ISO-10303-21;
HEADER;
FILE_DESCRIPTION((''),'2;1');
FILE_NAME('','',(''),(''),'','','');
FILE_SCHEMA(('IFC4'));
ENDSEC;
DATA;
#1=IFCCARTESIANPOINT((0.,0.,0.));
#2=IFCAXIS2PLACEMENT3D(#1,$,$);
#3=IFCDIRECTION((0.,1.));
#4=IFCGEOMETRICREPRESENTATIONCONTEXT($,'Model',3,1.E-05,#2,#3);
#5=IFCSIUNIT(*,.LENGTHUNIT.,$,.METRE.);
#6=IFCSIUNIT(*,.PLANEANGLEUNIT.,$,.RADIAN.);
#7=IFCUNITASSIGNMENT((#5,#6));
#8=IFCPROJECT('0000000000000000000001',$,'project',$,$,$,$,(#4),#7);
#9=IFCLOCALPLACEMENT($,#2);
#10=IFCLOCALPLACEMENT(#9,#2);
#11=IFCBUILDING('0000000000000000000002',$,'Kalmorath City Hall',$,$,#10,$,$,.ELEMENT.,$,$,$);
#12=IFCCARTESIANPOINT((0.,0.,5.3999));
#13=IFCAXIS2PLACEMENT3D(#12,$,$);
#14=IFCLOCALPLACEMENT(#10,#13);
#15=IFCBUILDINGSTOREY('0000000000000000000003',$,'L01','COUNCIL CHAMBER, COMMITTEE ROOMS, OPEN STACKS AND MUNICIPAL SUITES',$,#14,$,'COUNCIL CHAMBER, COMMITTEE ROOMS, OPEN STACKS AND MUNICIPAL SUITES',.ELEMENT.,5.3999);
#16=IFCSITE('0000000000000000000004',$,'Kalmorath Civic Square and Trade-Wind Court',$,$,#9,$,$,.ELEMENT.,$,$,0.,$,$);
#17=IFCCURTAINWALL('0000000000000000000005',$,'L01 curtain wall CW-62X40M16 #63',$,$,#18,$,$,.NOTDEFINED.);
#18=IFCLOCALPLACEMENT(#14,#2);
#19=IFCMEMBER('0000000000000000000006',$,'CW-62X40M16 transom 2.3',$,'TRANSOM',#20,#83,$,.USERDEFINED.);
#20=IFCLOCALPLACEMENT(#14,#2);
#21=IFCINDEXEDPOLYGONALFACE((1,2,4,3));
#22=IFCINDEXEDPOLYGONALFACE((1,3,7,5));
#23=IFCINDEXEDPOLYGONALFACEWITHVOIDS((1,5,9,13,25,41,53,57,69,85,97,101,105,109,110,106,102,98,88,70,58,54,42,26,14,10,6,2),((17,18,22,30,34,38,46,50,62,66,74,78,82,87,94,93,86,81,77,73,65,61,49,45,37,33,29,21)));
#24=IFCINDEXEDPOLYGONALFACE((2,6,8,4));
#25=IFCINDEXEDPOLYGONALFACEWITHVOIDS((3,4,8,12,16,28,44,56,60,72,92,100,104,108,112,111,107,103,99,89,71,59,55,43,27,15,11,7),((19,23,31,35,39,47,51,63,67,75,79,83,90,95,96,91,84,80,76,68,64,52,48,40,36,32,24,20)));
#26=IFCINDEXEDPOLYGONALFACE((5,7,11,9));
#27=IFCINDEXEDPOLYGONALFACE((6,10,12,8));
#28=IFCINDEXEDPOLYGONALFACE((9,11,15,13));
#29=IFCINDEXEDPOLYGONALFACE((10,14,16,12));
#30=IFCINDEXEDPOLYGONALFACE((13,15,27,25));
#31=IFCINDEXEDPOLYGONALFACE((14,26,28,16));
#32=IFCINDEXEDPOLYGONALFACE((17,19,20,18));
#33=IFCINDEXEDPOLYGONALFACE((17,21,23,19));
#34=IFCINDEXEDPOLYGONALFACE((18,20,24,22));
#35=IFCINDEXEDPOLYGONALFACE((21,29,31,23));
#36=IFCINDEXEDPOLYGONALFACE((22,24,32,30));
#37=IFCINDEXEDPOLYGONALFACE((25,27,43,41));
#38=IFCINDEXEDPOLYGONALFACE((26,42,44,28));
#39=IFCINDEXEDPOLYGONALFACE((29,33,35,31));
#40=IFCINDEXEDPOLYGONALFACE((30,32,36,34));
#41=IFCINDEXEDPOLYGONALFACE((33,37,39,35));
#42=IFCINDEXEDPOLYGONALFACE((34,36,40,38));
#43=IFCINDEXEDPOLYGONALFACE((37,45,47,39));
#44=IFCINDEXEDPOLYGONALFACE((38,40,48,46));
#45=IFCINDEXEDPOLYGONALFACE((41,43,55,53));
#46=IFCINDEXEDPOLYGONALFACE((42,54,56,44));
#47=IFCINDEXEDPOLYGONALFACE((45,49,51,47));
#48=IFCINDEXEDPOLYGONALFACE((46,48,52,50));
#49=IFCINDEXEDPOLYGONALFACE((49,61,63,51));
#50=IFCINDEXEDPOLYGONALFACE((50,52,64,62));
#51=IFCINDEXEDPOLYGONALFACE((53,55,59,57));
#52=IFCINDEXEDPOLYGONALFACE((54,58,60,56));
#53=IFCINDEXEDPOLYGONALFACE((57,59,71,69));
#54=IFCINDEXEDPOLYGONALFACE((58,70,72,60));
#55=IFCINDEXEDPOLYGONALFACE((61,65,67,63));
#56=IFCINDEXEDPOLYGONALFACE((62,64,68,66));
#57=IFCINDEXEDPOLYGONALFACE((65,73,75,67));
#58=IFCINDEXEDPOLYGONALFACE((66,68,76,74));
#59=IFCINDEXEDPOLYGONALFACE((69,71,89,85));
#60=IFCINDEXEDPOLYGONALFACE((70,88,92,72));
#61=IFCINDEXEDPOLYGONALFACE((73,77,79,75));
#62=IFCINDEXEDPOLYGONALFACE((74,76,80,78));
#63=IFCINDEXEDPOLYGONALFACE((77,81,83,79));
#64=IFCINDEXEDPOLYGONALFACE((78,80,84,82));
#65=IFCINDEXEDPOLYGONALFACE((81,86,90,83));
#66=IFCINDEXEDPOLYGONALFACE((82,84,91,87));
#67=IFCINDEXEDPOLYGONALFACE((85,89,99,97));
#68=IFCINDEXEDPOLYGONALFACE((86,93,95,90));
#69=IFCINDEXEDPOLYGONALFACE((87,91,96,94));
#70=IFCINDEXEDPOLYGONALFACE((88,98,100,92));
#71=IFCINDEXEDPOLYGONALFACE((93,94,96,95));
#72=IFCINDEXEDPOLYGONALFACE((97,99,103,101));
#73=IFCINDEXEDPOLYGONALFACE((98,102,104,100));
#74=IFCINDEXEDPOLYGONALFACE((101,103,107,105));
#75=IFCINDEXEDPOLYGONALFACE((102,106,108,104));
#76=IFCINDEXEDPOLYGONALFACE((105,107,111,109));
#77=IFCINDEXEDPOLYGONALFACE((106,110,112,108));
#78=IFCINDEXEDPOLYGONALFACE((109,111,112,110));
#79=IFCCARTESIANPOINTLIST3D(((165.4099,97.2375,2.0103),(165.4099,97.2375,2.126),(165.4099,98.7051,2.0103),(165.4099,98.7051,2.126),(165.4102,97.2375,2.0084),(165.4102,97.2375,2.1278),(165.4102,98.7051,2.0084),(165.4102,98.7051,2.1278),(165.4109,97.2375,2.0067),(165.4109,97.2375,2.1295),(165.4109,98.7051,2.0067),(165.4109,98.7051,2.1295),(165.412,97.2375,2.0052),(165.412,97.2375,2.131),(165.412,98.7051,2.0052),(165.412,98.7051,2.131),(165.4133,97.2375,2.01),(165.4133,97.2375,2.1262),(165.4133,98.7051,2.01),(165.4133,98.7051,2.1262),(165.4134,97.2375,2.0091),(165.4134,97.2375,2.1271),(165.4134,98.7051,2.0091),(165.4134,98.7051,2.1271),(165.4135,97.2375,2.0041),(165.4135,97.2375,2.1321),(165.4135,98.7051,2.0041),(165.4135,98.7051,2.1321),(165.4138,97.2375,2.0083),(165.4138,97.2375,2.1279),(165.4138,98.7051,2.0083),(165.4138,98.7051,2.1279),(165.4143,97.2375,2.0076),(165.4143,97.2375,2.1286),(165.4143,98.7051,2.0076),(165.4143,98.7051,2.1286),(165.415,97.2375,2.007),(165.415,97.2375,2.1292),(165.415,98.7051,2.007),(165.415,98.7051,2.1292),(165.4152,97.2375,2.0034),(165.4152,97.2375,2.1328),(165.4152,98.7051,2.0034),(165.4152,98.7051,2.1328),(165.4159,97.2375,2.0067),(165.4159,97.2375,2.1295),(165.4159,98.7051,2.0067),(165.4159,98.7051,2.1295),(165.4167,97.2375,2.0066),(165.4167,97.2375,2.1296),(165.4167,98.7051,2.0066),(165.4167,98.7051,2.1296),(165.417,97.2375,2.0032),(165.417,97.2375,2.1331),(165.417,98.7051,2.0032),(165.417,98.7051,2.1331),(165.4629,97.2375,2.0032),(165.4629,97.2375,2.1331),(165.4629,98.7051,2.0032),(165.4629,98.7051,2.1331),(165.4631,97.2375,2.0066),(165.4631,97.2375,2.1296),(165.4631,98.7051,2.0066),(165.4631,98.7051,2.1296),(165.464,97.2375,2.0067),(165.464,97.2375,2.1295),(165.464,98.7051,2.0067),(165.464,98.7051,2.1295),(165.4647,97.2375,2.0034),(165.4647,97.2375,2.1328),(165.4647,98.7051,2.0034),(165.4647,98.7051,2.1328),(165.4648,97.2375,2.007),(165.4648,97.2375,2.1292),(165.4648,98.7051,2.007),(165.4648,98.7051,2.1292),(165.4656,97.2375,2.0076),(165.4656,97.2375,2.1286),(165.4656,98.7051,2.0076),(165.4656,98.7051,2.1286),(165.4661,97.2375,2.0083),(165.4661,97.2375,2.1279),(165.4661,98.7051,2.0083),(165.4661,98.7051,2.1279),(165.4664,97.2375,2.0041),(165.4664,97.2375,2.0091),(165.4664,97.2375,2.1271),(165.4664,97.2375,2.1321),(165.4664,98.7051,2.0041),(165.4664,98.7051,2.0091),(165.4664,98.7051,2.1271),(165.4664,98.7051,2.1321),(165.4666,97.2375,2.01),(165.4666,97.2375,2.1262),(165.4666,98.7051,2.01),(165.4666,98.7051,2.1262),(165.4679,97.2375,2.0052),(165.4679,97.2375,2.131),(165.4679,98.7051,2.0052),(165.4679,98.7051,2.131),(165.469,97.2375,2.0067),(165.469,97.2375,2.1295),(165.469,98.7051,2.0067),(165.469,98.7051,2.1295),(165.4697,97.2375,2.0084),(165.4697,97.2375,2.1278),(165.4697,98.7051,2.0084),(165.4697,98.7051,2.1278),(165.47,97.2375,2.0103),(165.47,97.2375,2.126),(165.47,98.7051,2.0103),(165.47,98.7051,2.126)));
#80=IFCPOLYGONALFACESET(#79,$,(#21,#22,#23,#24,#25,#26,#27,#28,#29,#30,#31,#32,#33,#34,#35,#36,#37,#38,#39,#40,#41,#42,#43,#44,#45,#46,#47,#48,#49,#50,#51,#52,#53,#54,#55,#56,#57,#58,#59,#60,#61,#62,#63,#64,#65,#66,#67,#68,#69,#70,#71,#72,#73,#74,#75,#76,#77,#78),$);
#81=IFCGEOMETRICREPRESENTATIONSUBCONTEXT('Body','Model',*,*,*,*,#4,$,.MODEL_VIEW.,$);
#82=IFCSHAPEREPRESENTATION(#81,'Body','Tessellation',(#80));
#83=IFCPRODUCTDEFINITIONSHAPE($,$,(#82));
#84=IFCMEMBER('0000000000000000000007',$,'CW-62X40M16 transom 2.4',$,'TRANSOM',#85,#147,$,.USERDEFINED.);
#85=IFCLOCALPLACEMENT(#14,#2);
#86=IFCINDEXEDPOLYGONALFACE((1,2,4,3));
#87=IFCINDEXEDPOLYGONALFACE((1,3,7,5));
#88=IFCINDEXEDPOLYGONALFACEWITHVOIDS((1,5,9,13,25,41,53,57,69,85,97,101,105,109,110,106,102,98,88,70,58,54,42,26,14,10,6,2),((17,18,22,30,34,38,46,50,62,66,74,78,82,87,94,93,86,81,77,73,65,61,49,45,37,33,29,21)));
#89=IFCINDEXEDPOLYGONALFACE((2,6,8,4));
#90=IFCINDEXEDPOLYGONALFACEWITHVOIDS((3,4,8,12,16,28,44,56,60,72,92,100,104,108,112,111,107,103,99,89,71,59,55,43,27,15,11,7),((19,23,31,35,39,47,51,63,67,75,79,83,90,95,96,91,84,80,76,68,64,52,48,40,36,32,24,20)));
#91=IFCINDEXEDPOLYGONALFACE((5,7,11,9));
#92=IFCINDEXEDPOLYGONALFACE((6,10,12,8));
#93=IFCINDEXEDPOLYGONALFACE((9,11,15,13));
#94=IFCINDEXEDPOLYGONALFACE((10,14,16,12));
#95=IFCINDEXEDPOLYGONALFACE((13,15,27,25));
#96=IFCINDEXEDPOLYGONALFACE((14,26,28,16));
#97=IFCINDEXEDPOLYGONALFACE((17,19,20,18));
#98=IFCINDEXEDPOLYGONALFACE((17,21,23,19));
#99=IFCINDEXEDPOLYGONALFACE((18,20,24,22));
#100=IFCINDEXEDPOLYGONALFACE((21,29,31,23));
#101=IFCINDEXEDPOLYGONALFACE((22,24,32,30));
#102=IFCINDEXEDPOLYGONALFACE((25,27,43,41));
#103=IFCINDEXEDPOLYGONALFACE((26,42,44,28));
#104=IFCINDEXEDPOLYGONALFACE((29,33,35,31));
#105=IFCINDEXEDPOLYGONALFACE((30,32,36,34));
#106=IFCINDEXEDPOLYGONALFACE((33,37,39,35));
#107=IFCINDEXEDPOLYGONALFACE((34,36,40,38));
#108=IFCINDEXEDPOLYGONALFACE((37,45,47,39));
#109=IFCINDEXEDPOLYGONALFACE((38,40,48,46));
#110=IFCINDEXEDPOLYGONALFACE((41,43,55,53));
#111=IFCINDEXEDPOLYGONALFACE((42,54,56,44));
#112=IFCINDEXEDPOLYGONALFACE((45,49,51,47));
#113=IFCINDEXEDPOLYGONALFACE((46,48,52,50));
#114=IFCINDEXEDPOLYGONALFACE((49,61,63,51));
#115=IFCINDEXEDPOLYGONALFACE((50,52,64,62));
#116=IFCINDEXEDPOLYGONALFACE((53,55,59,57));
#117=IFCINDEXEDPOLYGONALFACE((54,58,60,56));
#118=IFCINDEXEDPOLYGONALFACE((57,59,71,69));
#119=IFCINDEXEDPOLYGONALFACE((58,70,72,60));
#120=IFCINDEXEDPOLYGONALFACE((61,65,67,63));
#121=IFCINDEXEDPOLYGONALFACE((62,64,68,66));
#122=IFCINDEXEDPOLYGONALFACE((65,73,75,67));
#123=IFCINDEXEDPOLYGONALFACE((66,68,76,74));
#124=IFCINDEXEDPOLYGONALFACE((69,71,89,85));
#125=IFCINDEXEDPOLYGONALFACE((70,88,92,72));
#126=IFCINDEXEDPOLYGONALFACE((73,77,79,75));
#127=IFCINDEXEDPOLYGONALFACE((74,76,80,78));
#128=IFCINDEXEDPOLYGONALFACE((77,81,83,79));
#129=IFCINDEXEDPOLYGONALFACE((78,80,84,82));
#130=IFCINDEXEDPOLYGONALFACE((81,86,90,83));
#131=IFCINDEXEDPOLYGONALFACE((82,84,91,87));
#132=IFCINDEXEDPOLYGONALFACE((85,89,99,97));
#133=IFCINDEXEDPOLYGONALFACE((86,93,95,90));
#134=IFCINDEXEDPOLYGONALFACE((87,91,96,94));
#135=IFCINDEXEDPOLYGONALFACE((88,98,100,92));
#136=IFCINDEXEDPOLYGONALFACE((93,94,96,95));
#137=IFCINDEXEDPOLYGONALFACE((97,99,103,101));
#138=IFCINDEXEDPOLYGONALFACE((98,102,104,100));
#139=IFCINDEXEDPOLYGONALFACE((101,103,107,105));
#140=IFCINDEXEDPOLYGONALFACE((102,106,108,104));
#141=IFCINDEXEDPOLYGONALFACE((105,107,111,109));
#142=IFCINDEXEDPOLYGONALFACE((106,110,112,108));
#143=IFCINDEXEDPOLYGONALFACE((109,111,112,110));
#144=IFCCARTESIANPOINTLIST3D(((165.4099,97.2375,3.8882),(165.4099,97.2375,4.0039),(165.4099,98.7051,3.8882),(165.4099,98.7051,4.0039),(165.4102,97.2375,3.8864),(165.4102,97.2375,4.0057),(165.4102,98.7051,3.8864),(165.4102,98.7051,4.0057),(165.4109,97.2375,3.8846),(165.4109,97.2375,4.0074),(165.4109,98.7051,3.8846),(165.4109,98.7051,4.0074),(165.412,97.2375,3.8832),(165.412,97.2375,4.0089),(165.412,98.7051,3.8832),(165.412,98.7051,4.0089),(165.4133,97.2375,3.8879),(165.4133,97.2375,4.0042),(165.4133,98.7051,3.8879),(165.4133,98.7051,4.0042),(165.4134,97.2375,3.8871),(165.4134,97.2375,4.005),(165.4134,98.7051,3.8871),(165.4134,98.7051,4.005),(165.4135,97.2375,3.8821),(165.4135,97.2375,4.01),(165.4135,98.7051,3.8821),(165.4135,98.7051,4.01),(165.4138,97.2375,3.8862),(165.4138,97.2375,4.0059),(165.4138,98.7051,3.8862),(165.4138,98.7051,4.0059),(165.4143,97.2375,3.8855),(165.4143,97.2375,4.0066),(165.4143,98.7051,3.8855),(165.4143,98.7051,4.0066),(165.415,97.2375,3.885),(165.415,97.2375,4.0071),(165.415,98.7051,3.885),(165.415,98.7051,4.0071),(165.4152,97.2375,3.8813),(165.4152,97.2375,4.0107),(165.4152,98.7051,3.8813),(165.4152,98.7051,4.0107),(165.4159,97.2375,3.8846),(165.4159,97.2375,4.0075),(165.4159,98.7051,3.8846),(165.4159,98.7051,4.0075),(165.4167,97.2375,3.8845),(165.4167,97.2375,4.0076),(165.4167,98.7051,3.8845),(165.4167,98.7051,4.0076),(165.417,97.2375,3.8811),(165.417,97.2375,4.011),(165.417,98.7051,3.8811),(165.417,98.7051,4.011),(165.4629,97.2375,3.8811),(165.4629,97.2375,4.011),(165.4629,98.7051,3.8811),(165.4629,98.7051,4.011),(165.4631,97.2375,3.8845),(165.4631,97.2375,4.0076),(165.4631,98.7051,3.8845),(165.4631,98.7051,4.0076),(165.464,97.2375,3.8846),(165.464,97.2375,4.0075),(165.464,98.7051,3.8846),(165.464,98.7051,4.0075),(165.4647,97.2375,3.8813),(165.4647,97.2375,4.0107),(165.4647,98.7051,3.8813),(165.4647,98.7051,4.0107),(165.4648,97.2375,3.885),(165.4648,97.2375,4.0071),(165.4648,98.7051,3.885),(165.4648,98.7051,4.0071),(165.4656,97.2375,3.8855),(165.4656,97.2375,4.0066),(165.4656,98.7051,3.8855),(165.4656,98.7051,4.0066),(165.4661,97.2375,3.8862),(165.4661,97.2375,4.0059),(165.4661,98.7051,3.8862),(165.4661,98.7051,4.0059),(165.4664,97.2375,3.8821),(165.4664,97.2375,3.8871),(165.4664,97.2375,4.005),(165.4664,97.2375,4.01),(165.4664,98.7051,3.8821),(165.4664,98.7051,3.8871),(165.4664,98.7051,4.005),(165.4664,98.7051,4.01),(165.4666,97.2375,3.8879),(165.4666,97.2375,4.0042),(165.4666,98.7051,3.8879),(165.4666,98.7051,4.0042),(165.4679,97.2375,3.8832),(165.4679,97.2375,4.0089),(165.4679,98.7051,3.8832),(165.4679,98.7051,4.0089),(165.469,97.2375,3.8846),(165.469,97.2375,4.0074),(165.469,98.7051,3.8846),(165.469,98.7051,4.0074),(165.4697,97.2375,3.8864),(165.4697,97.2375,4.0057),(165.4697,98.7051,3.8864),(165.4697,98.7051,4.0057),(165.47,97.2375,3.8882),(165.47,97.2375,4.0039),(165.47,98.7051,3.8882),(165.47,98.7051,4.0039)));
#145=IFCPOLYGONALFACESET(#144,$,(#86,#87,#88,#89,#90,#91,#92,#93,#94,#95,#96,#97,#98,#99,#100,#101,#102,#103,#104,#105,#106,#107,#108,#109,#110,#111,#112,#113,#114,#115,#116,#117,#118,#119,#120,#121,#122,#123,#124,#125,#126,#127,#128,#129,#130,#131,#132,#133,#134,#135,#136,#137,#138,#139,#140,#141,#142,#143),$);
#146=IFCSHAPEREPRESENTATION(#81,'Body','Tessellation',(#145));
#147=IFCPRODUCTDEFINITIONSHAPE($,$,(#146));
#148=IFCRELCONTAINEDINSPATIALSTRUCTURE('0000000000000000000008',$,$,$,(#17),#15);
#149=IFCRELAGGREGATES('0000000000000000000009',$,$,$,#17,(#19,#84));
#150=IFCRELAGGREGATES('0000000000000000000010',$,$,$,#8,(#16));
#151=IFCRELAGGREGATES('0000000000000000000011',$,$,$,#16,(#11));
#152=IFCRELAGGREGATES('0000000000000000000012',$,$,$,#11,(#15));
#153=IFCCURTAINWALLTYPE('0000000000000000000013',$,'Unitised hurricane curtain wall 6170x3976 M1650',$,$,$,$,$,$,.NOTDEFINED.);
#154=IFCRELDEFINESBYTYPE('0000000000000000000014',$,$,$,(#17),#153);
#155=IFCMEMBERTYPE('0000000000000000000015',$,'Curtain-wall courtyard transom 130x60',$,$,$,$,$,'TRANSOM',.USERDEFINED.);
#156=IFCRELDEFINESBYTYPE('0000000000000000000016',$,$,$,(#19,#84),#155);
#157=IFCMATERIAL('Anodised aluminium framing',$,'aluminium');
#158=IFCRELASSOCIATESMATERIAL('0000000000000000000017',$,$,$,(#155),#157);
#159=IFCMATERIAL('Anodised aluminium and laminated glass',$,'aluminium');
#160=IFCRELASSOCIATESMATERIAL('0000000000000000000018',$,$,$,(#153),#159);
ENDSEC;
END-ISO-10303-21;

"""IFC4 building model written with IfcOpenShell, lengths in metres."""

from ifc_helpers import new_model, si_unit, direction, frame, origin, origin_2d, place, context, subcontext, project, spatial, hollow_rectangle, extrude, material, material_profile, profile_set, type_object, element, aggregate, save


model = new_model("IFC4")

# Units and contexts
model_context = context("Model", 3, precision=1e-05, world=origin(), true_north=direction((0.0, 1.0)))
body_context = subcontext(model_context, "Body", "Model", "MODEL_VIEW")
ifc_project = project(units=[si_unit("LENGTHUNIT", "METRE"), si_unit("PLANEANGLEUNIT", "RADIAN")], contexts=[model_context])

# Site, building, storey
site_placement = place(None, origin())
site = spatial("IfcSite", under=ifc_project, at=site_placement, Name="Kalmorath Civic Square and Trade-Wind Court", CompositionType="ELEMENT", RefElevation=0.0)
building_placement = place(site_placement, origin())
building = spatial("IfcBuilding", under=site, at=building_placement, Name="Kalmorath City Hall", CompositionType="ELEMENT")
storey_placement = place(building_placement, frame((0.0, 0.0, 5.3999)))
storey = spatial("IfcBuildingStorey", under=building, at=storey_placement, Name="L01", Description="COUNCIL CHAMBER, COMMITTEE ROOMS, OPEN STACKS AND MUNICIPAL SUITES", LongName="COUNCIL CHAMBER, COMMITTEE ROOMS, OPEN STACKS AND MUNICIPAL SUITES", CompositionType="ELEMENT", Elevation=5.3999)

# Curtain wall, members
ifc_material_1 = material(Name="Anodised aluminium framing", Category="aluminium")
ifc_material_profile_1 = material_profile(ifc_material_1, hollow_rectangle(XDim=0.0601, YDim=0.1299, WallThickness=0.0034, InnerFilletRadius=0.0034, OuterFilletRadius=0.0071, at=origin_2d()), Name="ALU-TRN-130X60X3.5")
ifc_profile_set_1 = profile_set([ifc_material_profile_1], Name="Anodised aluminium framing")
member_type_1 = type_object("IfcMemberType", Name="Curtain-wall courtyard transom 130x60", ElementType="TRANSOM", PredefinedType="USERDEFINED", material=ifc_profile_set_1)
ifc_material_2 = material(Name="Anodised aluminium and laminated glass", Category="aluminium")
curtain_wall_type_1 = type_object("IfcCurtainWallType", Name="Unitised hurricane curtain wall 6170x3976 M1650", PredefinedType="NOTDEFINED", material=ifc_material_2)
curtain_wall_1_placement = place(storey_placement, origin())
curtain_wall_1 = element("IfcCurtainWall", 1, at=curtain_wall_1_placement, inside=storey, type_object=curtain_wall_type_1, Name="L01 curtain wall CW-62X40M16 #63", PredefinedType="NOTDEFINED")
member_1_placement = place(storey_placement, frame((165.4399, 98.7051, 2.0681), z_axis=(0.0, -1.0, 0.0), x_axis=(1.0, 0.0, 0.0)))
member_1 = element("IfcMember", 2, at=member_1_placement, type_object=member_type_1, Name="CW-62X40M16 transom 2.3", ObjectType="TRANSOM", PredefinedType="USERDEFINED", context=body_context, shape_type="SweptSolid", body=[
    extrude(hollow_rectangle(XDim=0.0601, YDim=0.1299, WallThickness=0.0034, InnerFilletRadius=0.0034, OuterFilletRadius=0.0071, at=origin_2d()), origin(), (0.0, 0.0, 1.0), 1.4675),
])
member_2_placement = place(storey_placement, frame((165.4399, 98.7051, 3.946), z_axis=(0.0, -1.0, 0.0), x_axis=(1.0, 0.0, 0.0)))
member_2 = element("IfcMember", 3, at=member_2_placement, type_object=member_type_1, Name="CW-62X40M16 transom 2.4", ObjectType="TRANSOM", PredefinedType="USERDEFINED", context=body_context, shape_type="SweptSolid", body=[
    extrude(hollow_rectangle(XDim=0.0601, YDim=0.1299, WallThickness=0.0034, InnerFilletRadius=0.0034, OuterFilletRadius=0.0071, at=origin_2d()), origin(), (0.0, 0.0, 1.0), 1.4675),
])

aggregate(curtain_wall_1, [member_1, member_2])

save(model, "model.ifc")
